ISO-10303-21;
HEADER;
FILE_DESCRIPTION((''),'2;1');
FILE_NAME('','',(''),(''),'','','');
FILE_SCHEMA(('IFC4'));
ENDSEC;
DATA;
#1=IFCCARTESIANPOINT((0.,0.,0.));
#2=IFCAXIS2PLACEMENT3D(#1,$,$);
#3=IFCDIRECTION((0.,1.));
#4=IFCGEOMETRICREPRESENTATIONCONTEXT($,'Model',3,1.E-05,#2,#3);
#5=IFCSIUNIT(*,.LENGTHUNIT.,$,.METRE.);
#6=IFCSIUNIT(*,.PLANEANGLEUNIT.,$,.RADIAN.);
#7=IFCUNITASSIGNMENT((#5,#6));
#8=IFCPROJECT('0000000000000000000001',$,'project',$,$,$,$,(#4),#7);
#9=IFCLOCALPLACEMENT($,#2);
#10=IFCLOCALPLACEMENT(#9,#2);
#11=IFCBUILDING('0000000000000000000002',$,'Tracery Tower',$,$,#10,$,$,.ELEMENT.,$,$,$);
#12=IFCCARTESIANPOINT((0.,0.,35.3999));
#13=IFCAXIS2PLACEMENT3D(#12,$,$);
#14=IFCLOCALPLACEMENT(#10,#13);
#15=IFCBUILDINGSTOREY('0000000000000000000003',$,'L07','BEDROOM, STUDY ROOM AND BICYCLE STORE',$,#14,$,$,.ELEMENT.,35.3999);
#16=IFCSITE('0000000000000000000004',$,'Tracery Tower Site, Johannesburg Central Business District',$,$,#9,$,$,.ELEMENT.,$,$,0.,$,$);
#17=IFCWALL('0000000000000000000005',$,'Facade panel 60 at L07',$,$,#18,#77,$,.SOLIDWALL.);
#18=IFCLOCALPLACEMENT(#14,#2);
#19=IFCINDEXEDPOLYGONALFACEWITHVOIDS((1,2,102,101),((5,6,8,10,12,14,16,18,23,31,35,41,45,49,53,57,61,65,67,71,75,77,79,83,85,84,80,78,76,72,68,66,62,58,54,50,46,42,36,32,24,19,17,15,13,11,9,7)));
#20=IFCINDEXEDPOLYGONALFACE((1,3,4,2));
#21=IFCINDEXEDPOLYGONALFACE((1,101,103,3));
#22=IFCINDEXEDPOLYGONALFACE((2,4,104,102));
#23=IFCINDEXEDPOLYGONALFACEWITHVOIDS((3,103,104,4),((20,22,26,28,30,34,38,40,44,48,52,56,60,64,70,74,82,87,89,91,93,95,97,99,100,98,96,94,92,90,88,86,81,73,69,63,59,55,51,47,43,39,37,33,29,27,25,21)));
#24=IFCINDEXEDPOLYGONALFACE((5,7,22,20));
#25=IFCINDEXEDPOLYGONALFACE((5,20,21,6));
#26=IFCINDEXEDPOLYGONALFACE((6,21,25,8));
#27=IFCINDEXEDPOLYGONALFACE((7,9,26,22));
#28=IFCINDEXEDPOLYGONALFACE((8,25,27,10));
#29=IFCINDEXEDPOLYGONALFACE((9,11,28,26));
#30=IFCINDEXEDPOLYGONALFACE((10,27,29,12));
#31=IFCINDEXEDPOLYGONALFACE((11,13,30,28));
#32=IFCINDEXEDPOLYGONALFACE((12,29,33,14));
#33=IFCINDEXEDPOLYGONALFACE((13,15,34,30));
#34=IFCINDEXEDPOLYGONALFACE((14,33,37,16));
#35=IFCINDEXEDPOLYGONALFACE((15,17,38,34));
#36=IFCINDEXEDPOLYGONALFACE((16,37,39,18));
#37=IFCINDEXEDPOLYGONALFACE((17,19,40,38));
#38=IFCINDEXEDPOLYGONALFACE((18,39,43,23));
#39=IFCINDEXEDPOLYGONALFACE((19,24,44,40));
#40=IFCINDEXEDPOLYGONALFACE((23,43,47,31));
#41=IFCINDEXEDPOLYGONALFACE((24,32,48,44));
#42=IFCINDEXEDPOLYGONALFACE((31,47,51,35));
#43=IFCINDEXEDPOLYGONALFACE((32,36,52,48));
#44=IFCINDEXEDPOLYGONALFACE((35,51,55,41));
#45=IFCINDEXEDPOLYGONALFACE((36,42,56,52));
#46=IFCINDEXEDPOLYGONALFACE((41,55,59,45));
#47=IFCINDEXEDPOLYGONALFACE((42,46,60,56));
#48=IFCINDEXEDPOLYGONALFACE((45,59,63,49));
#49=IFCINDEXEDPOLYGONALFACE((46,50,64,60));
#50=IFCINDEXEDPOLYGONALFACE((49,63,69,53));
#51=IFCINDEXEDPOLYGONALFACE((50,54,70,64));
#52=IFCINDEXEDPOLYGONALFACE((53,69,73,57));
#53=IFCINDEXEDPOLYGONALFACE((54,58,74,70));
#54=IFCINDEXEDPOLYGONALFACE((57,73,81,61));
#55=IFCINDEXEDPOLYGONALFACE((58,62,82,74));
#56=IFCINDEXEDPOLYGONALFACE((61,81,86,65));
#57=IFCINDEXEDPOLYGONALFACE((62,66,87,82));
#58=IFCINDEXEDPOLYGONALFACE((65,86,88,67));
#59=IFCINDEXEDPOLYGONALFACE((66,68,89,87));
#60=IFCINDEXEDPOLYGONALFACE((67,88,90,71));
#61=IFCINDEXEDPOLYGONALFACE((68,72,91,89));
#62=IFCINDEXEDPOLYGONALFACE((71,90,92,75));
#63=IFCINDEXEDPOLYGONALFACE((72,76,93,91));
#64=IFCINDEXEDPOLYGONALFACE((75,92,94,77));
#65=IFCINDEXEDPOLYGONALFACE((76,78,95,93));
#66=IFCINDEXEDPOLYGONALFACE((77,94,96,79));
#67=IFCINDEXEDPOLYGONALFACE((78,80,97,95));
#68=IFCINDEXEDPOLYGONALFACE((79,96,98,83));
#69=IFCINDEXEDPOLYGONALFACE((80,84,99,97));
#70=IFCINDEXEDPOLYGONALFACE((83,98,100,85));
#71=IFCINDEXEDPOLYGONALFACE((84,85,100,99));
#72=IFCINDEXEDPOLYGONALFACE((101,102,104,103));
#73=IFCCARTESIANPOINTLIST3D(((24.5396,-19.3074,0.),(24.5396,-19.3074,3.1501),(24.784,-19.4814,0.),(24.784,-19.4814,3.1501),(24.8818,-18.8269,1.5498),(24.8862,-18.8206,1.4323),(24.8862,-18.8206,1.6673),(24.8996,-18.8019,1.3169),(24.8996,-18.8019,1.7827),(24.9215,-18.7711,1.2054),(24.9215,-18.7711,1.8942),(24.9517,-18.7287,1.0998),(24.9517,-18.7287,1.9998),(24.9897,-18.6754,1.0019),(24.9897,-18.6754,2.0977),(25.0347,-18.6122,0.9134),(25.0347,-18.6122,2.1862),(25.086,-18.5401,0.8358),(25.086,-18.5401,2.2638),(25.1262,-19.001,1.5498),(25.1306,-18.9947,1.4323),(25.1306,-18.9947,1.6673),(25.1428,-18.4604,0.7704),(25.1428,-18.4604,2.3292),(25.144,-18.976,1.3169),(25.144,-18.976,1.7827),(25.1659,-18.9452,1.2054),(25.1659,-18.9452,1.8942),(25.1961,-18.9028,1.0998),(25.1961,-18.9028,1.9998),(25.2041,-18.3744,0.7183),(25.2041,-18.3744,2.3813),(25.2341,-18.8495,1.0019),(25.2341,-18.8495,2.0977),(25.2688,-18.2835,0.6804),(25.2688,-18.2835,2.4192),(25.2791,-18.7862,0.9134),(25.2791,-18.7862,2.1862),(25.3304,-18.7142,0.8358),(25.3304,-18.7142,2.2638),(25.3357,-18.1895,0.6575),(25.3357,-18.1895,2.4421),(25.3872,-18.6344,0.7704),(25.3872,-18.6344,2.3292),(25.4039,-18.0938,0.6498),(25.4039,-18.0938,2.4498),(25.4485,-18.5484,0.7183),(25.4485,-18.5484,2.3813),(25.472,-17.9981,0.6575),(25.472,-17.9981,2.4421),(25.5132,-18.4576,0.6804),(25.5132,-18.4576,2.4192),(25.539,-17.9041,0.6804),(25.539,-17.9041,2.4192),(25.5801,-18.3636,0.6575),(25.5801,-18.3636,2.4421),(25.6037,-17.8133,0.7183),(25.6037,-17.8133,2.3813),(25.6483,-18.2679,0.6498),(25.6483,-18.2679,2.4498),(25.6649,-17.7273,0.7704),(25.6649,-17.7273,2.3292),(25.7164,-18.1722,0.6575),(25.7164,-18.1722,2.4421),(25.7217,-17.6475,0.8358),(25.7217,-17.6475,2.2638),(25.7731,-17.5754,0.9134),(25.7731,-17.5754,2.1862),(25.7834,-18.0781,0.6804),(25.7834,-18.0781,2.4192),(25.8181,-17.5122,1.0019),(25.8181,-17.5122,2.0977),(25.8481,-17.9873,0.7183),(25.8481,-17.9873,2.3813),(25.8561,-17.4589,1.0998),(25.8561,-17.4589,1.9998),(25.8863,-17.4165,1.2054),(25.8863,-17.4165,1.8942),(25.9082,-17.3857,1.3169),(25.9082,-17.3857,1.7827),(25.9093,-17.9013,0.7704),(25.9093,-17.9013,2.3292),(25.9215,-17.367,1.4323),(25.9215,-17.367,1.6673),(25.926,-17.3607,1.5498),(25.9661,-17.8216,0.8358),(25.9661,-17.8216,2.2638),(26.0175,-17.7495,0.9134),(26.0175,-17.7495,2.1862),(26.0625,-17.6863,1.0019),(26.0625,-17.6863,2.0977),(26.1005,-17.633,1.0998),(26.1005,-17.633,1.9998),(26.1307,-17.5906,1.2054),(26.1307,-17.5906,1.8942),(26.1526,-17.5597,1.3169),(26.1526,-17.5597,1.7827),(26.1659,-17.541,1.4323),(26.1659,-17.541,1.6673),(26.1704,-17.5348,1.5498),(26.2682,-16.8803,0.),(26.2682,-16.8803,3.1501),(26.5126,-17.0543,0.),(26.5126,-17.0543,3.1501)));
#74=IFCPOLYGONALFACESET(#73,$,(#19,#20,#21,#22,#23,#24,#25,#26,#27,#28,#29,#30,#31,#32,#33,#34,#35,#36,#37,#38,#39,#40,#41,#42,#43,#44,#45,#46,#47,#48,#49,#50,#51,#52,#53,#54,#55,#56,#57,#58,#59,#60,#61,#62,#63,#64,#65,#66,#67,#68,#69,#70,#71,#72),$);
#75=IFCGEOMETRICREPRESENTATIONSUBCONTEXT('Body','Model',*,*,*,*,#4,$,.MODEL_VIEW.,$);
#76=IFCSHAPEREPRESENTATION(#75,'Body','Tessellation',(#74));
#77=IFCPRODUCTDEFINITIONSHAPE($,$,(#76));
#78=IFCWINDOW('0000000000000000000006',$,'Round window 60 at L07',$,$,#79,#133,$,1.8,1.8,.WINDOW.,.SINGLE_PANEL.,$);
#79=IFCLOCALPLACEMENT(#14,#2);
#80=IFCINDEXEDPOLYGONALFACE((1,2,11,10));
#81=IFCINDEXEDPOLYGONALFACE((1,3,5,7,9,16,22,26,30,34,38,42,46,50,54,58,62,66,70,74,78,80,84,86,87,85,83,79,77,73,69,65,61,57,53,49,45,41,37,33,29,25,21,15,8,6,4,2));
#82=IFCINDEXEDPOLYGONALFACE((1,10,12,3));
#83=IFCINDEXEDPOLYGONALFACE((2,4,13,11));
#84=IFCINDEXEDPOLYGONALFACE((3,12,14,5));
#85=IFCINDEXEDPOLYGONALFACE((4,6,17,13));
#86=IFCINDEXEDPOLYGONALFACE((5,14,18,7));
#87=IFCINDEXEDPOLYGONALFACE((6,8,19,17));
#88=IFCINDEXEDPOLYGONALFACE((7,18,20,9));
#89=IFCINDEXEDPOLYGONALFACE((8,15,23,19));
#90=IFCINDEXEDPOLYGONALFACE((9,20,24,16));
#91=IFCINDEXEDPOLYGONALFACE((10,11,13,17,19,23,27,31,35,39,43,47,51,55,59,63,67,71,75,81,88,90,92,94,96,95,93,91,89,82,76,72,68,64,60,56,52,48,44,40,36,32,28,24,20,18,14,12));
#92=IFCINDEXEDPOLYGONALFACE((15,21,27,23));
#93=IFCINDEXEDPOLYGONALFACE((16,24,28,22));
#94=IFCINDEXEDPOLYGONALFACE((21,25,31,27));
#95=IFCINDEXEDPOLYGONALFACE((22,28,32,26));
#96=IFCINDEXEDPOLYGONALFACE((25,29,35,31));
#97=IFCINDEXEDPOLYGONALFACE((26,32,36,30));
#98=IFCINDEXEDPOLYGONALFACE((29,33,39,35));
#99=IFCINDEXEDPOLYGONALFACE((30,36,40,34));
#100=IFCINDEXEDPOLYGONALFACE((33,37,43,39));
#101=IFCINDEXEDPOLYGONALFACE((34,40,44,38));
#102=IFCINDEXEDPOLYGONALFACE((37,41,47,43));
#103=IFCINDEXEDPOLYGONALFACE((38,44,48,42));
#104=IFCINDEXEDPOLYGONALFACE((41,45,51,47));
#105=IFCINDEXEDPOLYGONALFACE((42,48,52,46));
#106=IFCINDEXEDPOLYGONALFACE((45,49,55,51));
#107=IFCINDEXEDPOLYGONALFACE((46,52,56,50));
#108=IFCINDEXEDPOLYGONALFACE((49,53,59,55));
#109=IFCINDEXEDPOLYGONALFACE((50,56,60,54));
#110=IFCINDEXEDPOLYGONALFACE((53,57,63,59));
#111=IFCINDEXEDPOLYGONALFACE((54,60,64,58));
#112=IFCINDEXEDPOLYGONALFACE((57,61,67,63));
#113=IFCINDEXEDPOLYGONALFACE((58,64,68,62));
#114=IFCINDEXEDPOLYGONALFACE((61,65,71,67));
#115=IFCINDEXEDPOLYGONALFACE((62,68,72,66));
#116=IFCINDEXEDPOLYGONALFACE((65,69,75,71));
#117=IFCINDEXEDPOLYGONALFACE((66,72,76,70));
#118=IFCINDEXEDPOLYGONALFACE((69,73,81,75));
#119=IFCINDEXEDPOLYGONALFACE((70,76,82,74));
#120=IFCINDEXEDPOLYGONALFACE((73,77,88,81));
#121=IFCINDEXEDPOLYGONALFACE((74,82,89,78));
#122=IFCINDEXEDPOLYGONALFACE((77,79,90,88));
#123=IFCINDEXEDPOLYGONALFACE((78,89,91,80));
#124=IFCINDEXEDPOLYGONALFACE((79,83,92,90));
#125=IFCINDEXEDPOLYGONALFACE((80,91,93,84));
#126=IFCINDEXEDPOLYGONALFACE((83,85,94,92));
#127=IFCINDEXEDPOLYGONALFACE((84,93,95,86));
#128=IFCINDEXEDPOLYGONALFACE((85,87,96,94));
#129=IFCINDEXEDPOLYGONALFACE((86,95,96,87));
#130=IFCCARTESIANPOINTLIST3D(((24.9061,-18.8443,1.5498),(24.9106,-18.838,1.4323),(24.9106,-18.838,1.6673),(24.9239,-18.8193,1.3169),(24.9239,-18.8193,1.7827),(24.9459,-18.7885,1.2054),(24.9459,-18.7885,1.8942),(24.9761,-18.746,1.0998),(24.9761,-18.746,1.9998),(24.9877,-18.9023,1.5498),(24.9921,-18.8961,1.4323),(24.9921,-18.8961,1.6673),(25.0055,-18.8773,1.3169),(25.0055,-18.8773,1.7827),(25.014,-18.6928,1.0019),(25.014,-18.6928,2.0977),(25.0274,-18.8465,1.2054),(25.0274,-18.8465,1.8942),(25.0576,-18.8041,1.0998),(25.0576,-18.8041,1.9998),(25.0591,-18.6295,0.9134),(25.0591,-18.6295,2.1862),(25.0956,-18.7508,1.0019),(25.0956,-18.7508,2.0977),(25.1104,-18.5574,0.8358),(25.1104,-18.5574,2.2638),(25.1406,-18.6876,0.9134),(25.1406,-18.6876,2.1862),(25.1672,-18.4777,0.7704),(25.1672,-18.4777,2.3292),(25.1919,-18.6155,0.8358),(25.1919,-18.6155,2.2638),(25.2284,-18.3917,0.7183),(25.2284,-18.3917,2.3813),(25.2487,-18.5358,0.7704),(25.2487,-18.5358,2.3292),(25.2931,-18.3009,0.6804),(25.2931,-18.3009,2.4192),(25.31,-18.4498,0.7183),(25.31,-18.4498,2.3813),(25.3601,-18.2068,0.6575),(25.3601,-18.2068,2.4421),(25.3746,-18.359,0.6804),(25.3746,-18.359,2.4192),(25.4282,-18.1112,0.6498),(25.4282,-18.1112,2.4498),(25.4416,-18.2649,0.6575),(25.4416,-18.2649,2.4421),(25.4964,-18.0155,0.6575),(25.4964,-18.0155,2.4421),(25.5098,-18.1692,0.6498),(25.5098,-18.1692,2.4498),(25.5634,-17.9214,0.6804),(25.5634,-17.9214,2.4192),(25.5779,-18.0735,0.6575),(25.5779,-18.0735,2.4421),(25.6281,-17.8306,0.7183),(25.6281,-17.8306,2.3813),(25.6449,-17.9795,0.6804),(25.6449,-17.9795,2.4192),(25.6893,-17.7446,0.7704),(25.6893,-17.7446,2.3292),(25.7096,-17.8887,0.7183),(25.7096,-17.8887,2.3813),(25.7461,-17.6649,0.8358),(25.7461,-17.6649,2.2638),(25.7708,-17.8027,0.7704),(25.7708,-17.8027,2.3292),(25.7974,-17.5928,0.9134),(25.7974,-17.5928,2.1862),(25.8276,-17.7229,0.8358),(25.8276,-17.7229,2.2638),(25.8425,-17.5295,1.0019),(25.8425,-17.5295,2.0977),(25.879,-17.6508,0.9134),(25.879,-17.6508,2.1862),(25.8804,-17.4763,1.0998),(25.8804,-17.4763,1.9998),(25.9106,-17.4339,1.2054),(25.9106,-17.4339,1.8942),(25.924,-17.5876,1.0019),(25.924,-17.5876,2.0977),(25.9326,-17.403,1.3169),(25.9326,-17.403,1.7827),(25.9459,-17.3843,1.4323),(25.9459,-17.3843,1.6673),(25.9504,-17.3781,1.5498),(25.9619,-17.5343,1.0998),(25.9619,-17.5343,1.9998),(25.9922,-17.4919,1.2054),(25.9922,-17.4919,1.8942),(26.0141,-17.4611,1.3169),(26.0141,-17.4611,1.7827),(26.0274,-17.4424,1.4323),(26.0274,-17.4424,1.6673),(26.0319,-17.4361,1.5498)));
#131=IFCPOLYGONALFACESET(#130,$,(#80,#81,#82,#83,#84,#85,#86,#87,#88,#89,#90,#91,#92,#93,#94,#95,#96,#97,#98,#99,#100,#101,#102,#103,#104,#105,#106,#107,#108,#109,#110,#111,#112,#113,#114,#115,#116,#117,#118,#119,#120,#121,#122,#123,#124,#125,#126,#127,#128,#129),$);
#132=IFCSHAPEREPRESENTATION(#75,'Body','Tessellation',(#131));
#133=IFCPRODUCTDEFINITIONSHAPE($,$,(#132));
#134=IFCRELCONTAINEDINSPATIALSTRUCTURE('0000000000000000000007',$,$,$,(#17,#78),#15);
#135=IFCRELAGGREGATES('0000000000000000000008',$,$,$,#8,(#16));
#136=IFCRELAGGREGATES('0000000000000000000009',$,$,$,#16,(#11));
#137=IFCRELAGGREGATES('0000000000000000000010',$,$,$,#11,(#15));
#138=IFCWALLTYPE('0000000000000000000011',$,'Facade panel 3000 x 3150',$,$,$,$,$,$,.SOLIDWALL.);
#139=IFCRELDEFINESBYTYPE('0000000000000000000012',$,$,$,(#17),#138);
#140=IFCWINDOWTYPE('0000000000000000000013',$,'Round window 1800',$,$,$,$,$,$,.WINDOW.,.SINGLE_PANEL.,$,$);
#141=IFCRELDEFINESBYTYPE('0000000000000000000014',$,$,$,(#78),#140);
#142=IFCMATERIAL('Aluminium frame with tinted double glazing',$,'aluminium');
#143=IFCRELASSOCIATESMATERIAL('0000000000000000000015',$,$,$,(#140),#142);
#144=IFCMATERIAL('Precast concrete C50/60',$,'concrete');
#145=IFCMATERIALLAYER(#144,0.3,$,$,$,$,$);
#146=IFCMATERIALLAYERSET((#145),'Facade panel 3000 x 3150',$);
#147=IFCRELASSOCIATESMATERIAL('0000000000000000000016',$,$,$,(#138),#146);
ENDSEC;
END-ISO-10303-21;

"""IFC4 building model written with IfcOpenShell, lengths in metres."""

from ifc_helpers import new_model, si_unit, direction, frame, frame_2d, origin, origin_2d, place, context, subcontext, project, spatial, rectangle, circle, extrude, material, layer, layer_set, type_object, element, fill, save


model = new_model("IFC4")

# Units and contexts
model_context = context("Model", 3, precision=1e-05, world=origin(), true_north=direction((0.0, 1.0)))
body_context = subcontext(model_context, "Body", "Model", "MODEL_VIEW")
ifc_project = project(units=[si_unit("LENGTHUNIT", "METRE"), si_unit("PLANEANGLEUNIT", "RADIAN")], contexts=[model_context])

# Site, building, storey
site_placement = place(None, origin())
site = spatial("IfcSite", under=ifc_project, at=site_placement, Name="Tracery Tower Site, Johannesburg Central Business District", CompositionType="ELEMENT", RefElevation=0.0)
building_placement = place(site_placement, origin())
building = spatial("IfcBuilding", under=site, at=building_placement, Name="Tracery Tower", CompositionType="ELEMENT")
storey_placement = place(building_placement, frame((0.0, 0.0, 35.3999)))
storey = spatial("IfcBuildingStorey", under=building, at=storey_placement, Name="L07", Description="BEDROOM, STUDY ROOM AND BICYCLE STORE", CompositionType="ELEMENT", Elevation=35.3999)

# Wall, opening, window
ifc_material_1 = material(Name="Aluminium frame with tinted double glazing", Category="aluminium")
window_type = type_object("IfcWindowType", Name="Round window 1800", PartitioningType="SINGLE_PANEL", PredefinedType="WINDOW", material=ifc_material_1)
ifc_material_2 = material(Name="Precast concrete C50/60", Category="concrete")
ifc_layer_1 = layer(ifc_material_2, 0.3)
ifc_layer_set_1 = layer_set([ifc_layer_1], Name="Facade panel 3000 x 3150")
wall_type_1 = type_object("IfcWallType", Name="Facade panel 3000 x 3150", PredefinedType="SOLIDWALL", material=ifc_layer_set_1)
wall_1_placement = place(storey_placement, frame((24.6619, -19.3943, 0.0), z_axis=(0.0, 0.0, 1.0), x_axis=(0.580114, 0.814535, 0.0)))
wall_1 = element("IfcWall", 1, at=wall_1_placement, inside=storey, type_object=wall_type_1, Name="Facade panel 60 at L07", PredefinedType="SOLIDWALL", context=body_context, shape_type="SweptSolid", body=[
    extrude(rectangle(XDim=2.9797, YDim=0.3, at=frame_2d((1.4897, 0.0))), origin(), (0.0, 0.0, 1.0), 3.1501),
])
opening_1_placement = place(wall_1_placement, frame((1.4897, 0.0, 1.5498)))
opening_1 = element("IfcOpeningElement", 2, at=opening_1_placement, cuts=wall_1, PredefinedType="OPENING", context=body_context, shape_type="SweptSolid", body=[
    extrude(circle(Radius=0.9, at=origin_2d()), frame((0.0, 0.1599, 0.0), z_axis=(0.0, -1.0, 0.0), x_axis=(1.0, 0.0, 0.0)), (0.0, 0.0, 1.0), 0.3201),
])
window_1_placement = place(opening_1_placement, origin())
window_1 = element("IfcWindow", 3, at=window_1_placement, inside=storey, type_object=window_type, Name="Round window 60 at L07", OverallHeight=1.8, OverallWidth=1.8, PartitioningType="SINGLE_PANEL", PredefinedType="WINDOW", context=body_context, shape_type="SweptSolid", body=[
    extrude(circle(Radius=0.9, at=origin_2d()), frame((0.0, 0.1201, 0.0), z_axis=(0.0, -1.0, 0.0), x_axis=(1.0, 0.0, 0.0)), (0.0, 0.0, 1.0), 0.1001),
])
fill(opening_1, window_1)

save(model, "model.ifc")
